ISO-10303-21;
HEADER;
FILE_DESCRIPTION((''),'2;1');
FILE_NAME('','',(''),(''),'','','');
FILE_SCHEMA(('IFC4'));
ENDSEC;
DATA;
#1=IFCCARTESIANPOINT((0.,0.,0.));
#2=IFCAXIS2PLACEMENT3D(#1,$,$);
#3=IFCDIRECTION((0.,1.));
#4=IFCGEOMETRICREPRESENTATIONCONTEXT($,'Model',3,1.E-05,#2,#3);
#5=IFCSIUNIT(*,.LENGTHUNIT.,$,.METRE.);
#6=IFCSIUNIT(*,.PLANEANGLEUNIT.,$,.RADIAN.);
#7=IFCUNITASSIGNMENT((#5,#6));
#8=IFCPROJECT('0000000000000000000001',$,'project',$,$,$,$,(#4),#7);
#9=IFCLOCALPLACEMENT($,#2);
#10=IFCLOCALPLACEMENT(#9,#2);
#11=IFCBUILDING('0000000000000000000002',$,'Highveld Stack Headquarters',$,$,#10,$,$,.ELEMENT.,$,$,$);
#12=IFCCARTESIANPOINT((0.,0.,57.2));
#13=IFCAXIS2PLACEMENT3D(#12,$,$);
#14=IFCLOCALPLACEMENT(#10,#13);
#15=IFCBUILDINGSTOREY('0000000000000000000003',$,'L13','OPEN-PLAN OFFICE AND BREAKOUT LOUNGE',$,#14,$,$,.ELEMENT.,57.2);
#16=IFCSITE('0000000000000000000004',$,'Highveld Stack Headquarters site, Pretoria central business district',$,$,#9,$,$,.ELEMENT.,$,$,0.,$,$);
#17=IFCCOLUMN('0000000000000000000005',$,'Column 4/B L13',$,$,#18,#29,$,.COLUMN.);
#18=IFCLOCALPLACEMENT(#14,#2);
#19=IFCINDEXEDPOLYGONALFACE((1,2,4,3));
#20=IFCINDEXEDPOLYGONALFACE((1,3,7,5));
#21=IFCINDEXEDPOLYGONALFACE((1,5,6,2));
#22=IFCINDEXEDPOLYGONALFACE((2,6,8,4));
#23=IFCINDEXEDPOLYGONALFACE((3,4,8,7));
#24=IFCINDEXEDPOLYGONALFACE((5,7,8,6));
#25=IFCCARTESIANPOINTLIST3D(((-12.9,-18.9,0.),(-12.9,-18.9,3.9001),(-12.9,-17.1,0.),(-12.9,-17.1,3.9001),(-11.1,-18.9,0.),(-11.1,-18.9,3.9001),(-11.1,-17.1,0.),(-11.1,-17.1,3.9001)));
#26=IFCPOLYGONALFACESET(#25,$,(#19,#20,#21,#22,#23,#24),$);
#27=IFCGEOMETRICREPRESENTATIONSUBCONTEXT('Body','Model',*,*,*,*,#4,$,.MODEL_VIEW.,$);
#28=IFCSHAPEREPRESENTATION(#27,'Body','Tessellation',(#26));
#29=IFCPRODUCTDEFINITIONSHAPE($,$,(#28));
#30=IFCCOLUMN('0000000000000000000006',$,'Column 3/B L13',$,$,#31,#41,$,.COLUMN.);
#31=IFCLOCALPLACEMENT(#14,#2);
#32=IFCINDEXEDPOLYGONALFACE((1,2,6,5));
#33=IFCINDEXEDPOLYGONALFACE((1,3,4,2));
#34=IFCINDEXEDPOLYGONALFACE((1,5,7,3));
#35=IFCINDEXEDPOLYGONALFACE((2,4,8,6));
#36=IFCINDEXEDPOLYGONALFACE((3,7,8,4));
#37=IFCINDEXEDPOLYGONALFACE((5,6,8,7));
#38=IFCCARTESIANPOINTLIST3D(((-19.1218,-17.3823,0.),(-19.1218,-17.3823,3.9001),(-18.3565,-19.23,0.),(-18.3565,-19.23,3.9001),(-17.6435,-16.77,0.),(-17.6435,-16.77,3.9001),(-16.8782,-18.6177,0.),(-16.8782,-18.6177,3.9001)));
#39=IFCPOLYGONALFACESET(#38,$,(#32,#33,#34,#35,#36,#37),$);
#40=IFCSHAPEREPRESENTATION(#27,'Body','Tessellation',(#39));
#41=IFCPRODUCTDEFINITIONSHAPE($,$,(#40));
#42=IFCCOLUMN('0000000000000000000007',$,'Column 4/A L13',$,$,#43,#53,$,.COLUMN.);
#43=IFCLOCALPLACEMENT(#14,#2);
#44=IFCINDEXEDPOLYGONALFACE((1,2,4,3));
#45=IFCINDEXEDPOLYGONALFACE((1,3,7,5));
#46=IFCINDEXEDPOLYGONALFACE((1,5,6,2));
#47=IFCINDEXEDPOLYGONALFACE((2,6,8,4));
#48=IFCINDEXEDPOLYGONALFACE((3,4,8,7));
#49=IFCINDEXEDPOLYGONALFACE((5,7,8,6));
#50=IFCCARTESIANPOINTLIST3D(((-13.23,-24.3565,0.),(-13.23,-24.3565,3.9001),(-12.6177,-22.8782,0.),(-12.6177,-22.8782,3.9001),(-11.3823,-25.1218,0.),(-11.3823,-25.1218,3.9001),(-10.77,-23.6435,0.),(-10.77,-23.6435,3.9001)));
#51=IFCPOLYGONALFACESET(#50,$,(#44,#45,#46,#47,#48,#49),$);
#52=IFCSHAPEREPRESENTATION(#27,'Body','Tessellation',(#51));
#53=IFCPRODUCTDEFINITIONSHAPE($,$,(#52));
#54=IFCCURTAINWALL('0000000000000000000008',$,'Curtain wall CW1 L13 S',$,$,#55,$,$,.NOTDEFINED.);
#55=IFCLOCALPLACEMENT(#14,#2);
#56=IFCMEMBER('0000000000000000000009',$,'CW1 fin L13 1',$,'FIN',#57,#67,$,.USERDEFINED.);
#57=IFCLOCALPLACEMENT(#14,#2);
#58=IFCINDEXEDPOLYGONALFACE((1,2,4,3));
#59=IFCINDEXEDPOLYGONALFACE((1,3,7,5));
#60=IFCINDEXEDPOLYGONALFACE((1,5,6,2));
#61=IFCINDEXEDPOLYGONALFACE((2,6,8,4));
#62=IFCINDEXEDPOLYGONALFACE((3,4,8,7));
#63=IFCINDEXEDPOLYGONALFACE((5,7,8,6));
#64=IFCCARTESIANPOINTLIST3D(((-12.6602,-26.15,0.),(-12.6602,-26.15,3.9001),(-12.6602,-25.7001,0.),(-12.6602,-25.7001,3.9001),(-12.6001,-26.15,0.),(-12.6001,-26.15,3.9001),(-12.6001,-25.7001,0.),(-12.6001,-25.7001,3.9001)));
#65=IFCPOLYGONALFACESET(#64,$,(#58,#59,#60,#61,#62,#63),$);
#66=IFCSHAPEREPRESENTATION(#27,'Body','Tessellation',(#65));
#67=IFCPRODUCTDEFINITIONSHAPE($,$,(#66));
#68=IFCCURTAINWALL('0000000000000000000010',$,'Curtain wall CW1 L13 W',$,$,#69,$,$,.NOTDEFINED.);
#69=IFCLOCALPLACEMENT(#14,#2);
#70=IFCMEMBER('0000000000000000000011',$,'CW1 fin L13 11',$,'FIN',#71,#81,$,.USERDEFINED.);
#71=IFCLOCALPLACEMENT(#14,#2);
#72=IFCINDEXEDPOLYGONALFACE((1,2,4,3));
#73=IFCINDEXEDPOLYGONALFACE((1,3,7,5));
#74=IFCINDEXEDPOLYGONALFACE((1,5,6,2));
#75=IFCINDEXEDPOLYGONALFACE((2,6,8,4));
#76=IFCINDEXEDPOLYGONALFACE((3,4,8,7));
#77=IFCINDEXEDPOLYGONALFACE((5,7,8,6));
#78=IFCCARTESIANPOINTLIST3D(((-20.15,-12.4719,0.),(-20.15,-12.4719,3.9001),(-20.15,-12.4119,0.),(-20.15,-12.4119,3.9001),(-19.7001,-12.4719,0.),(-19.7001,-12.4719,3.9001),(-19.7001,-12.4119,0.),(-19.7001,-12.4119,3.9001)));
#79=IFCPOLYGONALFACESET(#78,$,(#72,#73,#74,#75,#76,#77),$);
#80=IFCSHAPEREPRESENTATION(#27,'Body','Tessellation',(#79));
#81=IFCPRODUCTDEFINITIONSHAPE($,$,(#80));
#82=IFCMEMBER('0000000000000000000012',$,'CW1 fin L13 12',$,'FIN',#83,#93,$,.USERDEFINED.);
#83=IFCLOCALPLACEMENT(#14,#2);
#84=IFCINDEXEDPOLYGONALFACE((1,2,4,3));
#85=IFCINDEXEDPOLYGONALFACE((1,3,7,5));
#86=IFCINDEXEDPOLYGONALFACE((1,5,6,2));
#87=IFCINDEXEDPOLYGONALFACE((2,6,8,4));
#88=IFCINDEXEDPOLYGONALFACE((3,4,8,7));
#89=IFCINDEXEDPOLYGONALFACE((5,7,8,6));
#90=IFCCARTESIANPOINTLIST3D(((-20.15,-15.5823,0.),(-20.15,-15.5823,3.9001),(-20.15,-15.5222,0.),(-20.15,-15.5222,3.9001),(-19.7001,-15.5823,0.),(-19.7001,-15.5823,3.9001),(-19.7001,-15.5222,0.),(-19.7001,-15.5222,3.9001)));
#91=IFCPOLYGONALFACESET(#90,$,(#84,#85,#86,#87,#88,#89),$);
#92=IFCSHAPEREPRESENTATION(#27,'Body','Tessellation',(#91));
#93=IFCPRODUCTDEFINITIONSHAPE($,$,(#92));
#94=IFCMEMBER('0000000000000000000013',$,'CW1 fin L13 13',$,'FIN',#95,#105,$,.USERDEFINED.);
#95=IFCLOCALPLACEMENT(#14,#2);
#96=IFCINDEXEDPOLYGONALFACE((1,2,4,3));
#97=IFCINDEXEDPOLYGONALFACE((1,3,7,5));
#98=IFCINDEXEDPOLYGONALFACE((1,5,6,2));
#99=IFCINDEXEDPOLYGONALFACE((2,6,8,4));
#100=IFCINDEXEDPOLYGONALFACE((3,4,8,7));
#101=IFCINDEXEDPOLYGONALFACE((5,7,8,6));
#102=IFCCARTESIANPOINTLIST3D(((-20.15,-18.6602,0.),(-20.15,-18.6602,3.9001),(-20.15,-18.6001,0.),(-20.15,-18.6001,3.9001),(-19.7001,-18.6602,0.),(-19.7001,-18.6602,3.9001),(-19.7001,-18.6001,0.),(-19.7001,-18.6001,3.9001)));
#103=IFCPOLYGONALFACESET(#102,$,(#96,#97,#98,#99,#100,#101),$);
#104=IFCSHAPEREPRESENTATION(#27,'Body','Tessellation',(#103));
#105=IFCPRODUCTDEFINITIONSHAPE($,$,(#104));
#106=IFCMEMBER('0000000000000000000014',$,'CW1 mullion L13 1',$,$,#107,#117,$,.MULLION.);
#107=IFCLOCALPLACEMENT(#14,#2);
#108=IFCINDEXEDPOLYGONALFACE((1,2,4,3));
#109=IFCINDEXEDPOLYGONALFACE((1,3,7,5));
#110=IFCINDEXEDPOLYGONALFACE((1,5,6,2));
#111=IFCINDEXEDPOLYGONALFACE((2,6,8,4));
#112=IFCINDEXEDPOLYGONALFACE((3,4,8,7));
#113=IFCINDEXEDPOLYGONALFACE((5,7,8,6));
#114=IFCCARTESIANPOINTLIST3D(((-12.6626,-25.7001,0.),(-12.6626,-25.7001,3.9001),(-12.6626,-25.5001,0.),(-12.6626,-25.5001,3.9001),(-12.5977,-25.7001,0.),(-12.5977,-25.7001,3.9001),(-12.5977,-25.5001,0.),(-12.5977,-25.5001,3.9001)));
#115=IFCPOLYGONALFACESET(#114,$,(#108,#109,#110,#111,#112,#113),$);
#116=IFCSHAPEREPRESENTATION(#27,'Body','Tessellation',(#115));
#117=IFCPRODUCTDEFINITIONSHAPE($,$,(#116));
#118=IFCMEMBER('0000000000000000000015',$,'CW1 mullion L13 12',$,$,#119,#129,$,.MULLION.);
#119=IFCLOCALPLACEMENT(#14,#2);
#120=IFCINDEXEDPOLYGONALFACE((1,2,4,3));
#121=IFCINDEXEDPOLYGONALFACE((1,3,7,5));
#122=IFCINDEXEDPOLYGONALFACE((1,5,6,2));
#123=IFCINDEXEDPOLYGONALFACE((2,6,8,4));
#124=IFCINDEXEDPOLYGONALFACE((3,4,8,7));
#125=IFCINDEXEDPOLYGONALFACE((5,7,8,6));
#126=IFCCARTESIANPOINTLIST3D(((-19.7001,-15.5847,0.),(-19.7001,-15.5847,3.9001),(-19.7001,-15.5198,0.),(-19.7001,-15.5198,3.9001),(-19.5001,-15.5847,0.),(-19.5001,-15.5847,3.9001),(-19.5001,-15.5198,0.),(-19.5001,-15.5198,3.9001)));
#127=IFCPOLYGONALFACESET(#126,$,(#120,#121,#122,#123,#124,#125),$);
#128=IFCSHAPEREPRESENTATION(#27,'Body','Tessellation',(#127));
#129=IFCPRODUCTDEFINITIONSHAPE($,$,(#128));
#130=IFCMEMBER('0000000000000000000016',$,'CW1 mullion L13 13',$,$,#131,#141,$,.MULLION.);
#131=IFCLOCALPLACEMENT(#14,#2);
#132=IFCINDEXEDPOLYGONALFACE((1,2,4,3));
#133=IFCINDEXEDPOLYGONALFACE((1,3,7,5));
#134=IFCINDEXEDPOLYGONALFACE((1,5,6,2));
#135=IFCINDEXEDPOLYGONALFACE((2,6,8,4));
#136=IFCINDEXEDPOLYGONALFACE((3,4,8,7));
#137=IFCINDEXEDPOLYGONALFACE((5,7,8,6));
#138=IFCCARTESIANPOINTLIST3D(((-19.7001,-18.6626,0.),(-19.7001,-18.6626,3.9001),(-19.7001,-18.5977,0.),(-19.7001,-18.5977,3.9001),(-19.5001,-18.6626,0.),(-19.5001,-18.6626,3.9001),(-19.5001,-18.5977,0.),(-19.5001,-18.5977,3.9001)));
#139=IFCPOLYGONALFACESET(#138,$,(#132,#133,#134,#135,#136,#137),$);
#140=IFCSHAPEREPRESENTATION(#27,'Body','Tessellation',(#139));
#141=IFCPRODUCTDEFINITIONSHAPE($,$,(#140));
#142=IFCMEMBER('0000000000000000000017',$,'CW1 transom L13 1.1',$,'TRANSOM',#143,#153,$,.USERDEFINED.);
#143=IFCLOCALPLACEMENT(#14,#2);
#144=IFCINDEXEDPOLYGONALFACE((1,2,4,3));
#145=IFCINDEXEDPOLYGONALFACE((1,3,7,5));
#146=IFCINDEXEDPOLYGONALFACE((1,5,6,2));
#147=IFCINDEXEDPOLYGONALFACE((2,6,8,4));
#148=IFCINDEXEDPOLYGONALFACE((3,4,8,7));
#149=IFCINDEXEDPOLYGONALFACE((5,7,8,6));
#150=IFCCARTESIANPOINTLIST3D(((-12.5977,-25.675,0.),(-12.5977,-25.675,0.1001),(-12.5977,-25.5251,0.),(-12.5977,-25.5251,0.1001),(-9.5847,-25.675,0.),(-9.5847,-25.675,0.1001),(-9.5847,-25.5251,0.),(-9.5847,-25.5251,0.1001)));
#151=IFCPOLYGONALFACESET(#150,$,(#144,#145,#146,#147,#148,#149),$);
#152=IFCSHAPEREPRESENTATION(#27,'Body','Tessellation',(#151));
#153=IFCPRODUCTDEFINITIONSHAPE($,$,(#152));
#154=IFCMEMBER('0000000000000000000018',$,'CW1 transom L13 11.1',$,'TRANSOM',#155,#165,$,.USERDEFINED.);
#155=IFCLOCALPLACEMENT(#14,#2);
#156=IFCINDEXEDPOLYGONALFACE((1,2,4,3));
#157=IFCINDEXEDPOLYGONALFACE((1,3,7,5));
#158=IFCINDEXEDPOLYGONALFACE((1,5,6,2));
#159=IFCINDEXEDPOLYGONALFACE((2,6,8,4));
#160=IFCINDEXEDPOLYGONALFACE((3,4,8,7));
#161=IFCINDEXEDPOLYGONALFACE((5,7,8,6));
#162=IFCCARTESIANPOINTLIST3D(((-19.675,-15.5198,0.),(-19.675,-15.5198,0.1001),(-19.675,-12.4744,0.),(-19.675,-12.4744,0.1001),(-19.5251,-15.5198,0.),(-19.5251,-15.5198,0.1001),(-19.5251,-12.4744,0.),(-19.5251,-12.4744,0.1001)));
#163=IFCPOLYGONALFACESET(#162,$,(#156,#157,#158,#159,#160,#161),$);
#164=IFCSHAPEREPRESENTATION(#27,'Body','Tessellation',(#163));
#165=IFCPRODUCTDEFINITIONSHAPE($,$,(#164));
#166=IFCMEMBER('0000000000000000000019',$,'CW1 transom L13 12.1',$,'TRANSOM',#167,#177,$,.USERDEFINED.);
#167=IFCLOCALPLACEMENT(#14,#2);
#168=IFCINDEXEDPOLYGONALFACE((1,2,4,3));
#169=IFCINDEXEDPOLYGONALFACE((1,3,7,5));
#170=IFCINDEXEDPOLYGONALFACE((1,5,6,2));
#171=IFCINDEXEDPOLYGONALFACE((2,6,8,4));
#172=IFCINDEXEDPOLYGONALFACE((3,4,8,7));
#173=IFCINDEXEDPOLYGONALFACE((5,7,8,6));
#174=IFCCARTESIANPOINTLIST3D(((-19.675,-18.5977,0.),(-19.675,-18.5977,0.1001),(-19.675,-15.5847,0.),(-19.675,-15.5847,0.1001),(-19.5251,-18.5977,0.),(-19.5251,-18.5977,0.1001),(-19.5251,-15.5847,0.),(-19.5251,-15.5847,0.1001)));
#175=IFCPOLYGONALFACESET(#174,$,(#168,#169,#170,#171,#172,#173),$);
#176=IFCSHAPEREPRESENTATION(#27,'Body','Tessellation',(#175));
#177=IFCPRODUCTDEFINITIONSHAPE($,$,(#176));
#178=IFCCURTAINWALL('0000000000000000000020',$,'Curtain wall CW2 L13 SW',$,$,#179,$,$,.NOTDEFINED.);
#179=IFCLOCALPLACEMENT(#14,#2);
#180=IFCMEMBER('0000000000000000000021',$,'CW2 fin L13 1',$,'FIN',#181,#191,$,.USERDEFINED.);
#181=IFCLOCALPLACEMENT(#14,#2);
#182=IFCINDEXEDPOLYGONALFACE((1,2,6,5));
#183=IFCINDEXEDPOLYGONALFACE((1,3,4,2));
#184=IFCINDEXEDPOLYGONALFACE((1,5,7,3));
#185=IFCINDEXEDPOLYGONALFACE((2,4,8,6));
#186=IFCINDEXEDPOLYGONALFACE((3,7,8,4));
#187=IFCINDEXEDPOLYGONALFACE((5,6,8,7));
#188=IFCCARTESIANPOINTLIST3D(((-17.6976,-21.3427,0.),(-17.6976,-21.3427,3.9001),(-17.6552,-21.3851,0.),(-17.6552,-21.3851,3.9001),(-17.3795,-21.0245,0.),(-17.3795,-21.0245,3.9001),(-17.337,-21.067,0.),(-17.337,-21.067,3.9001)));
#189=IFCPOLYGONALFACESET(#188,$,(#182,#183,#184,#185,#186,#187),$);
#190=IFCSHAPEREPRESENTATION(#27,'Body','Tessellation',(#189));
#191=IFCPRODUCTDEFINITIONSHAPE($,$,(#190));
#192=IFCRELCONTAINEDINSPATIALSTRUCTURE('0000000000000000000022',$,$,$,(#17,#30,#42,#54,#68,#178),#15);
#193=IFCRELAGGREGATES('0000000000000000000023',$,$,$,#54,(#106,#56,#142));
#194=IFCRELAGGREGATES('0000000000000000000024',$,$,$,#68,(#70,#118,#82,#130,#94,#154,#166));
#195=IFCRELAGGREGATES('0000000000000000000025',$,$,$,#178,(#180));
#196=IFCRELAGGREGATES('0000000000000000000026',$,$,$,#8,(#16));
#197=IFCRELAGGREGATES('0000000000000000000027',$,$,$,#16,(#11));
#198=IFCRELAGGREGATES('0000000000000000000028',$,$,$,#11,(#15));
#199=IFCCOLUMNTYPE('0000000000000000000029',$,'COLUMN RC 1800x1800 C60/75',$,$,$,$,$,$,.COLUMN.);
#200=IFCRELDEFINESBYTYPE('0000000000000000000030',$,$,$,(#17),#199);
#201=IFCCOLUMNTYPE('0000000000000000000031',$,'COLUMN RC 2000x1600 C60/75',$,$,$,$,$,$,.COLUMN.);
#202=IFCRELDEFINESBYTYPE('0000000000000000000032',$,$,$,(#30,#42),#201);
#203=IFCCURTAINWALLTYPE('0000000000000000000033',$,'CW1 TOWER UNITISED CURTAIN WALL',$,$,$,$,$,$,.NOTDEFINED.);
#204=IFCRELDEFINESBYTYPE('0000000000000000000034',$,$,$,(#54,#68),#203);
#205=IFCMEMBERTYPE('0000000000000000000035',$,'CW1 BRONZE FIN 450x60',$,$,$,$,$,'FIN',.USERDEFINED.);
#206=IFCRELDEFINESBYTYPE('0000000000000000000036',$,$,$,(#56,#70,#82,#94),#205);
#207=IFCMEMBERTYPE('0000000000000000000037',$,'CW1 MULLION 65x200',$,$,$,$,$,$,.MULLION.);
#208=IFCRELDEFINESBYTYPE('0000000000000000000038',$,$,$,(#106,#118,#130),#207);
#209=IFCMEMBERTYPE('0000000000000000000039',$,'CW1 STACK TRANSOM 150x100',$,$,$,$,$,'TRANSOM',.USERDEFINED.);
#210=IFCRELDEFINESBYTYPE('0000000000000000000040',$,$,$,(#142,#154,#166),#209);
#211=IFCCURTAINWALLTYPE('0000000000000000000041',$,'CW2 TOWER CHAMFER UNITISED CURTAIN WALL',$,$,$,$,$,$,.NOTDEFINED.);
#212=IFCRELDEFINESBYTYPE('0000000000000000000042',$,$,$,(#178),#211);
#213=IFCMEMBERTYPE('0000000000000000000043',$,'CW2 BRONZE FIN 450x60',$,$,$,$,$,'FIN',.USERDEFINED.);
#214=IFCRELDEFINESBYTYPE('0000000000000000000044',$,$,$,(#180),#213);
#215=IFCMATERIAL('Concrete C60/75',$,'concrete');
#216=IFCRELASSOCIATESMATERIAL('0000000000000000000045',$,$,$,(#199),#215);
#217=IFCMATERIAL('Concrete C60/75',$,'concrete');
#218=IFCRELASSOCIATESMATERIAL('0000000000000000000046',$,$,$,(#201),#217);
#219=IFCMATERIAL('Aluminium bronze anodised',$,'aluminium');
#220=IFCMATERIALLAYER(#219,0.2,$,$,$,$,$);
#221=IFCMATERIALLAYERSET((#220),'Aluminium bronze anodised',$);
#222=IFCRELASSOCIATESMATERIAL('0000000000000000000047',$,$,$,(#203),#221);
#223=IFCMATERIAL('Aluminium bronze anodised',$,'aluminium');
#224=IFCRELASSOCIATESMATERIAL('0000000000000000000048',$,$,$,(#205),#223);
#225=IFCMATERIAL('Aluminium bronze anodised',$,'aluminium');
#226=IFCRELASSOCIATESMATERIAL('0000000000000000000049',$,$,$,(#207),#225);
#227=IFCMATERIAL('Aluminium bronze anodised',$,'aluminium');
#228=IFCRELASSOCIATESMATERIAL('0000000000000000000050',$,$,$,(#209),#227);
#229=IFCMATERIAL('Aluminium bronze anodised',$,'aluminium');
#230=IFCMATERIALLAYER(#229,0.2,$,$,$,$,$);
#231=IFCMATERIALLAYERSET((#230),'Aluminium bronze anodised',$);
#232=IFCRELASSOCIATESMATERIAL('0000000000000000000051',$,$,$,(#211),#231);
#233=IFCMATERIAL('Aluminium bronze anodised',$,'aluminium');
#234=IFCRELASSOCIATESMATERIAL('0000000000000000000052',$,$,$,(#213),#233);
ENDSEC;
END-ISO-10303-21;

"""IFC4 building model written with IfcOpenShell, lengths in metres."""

from ifc_helpers import new_model, si_unit, direction, frame, origin, origin_2d, place, context, subcontext, project, spatial, rectangle, extrude, material, layer, layer_set, material_profile, profile_set, type_object, element, aggregate, save


model = new_model("IFC4")

# Units and contexts
model_context = context("Model", 3, precision=1e-05, world=origin(), true_north=direction((0.0, 1.0)))
body_context = subcontext(model_context, "Body", "Model", "MODEL_VIEW")
ifc_project = project(units=[si_unit("LENGTHUNIT", "METRE"), si_unit("PLANEANGLEUNIT", "RADIAN")], contexts=[model_context])

# Site, building, storey
site_placement = place(None, origin())
site = spatial("IfcSite", under=ifc_project, at=site_placement, Name="Highveld Stack Headquarters site, Pretoria central business district", CompositionType="ELEMENT", RefElevation=0.0)
building_placement = place(site_placement, origin())
building = spatial("IfcBuilding", under=site, at=building_placement, Name="Highveld Stack Headquarters", CompositionType="ELEMENT")
storey_placement = place(building_placement, frame((0.0, 0.0, 57.2)))
storey = spatial("IfcBuildingStorey", under=building, at=storey_placement, Name="L13", Description="OPEN-PLAN OFFICE AND BREAKOUT LOUNGE", CompositionType="ELEMENT", Elevation=57.2)

# Columns
ifc_material_1 = material(Name="Concrete C60/75", Category="concrete")
ifc_material_profile_1 = material_profile(ifc_material_1, rectangle(XDim=1.8, YDim=1.8, at=origin_2d()), Name="RC 1800x1800")
ifc_profile_set_1 = profile_set([ifc_material_profile_1], Name="Concrete C60/75")
column_type_1 = type_object("IfcColumnType", Name="COLUMN RC 1800x1800 C60/75", PredefinedType="COLUMN", material=ifc_profile_set_1)
column_placement = place(storey_placement, frame((-12.0, -18.0, 0.0), z_axis=(0.0, 0.0, 1.0), x_axis=(1.0, 0.0, 0.0)))
element("IfcColumn", 1, at=column_placement, inside=storey, type_object=column_type_1, Name="Column 4/B L13", PredefinedType="COLUMN", context=body_context, shape_type="SweptSolid", body=[
    extrude(rectangle(XDim=1.8, YDim=1.8, at=origin_2d()), origin(), (0.0, 0.0, 1.0), 3.9001),
])
ifc_material_2 = material(Name="Concrete C60/75", Category="concrete")
ifc_material_profile_2 = material_profile(ifc_material_2, rectangle(XDim=2.0, YDim=1.6001, at=origin_2d()), Name="RC 2000x1600")
ifc_profile_set_2 = profile_set([ifc_material_profile_2], Name="Concrete C60/75")
column_type_2 = type_object("IfcColumnType", Name="COLUMN RC 2000x1600 C60/75", PredefinedType="COLUMN", material=ifc_profile_set_2)
for number, where, z_axis, x_axis, name in (
    (2, (-18.0, -18.0, 0.0), (0.0, 0.0, 1.0), (-0.382683, 0.92388, 0.0), "Column 3/B L13"),
    (3, (-12.0, -24.0, 0.0), (0.0, 0.0, 1.0), (-0.92388, 0.382683, 0.0), "Column 4/A L13"),
):
    element("IfcColumn", number, at=place(storey_placement, frame(where, z_axis=z_axis, x_axis=x_axis)), inside=storey, type_object=column_type_2, Name=name, PredefinedType="COLUMN", context=body_context, shape_type="SweptSolid", body=[
        extrude(rectangle(XDim=2.0, YDim=1.6001, at=origin_2d()), origin(), (0.0, 0.0, 1.0), 3.9001),
    ])

# Curtain wall, member
ifc_material_3 = material(Name="Aluminium bronze anodised", Category="aluminium")
ifc_layer_1 = layer(ifc_material_3, 0.2)
ifc_layer_set_1 = layer_set([ifc_layer_1], Name="Aluminium bronze anodised")
curtain_wall_type_1 = type_object("IfcCurtainWallType", Name="CW1 TOWER UNITISED CURTAIN WALL", PredefinedType="NOTDEFINED", material=ifc_layer_set_1)
curtain_wall_1_placement = place(storey_placement, origin())
curtain_wall_1 = element("IfcCurtainWall", 4, at=curtain_wall_1_placement, inside=storey, type_object=curtain_wall_type_1, Name="Curtain wall CW1 L13 S", PredefinedType="NOTDEFINED")
ifc_material_4 = material(Name="Aluminium bronze anodised", Category="aluminium")
ifc_material_profile_3 = material_profile(ifc_material_4, rectangle(XDim=0.45, YDim=0.0601, at=origin_2d()), Name="FIN 450x60")
ifc_profile_set_3 = profile_set([ifc_material_profile_3], Name="Aluminium bronze anodised")
member_type_1 = type_object("IfcMemberType", Name="CW1 BRONZE FIN 450x60", ElementType="FIN", PredefinedType="USERDEFINED", material=ifc_profile_set_3)
member_1_placement = place(storey_placement, frame((-12.6301, -25.925, 0.0), z_axis=(0.0, 0.0, 1.0), x_axis=(0.0, 1.0, 0.0)))
member_1 = element("IfcMember", 5, at=member_1_placement, type_object=member_type_1, Name="CW1 fin L13 1", ObjectType="FIN", PredefinedType="USERDEFINED", context=body_context, shape_type="SweptSolid", body=[
    extrude(rectangle(XDim=0.45, YDim=0.0601, at=origin_2d()), origin(), (0.0, 0.0, 1.0), 3.9001),
])

# Curtain wall, members
curtain_wall_2_placement = place(storey_placement, origin())
curtain_wall_2 = element("IfcCurtainWall", 6, at=curtain_wall_2_placement, inside=storey, type_object=curtain_wall_type_1, Name="Curtain wall CW1 L13 W", PredefinedType="NOTDEFINED")
member_2_placement = place(storey_placement, frame((-19.925, -12.4419, 0.0), z_axis=(0.0, 0.0, 1.0), x_axis=(1.0, 0.0, 0.0)))
member_2 = element("IfcMember", 7, at=member_2_placement, type_object=member_type_1, Name="CW1 fin L13 11", ObjectType="FIN", PredefinedType="USERDEFINED", context=body_context, shape_type="SweptSolid", body=[
    extrude(rectangle(XDim=0.45, YDim=0.0601, at=origin_2d()), origin(), (0.0, 0.0, 1.0), 3.9001),
])
member_3_placement = place(storey_placement, frame((-19.925, -15.5522, 0.0), z_axis=(0.0, 0.0, 1.0), x_axis=(1.0, 0.0, 0.0)))
member_3 = element("IfcMember", 8, at=member_3_placement, type_object=member_type_1, Name="CW1 fin L13 12", ObjectType="FIN", PredefinedType="USERDEFINED", context=body_context, shape_type="SweptSolid", body=[
    extrude(rectangle(XDim=0.45, YDim=0.0601, at=origin_2d()), origin(), (0.0, 0.0, 1.0), 3.9001),
])
member_4_placement = place(storey_placement, frame((-19.925, -18.6301, 0.0), z_axis=(0.0, 0.0, 1.0), x_axis=(1.0, 0.0, 0.0)))
member_4 = element("IfcMember", 9, at=member_4_placement, type_object=member_type_1, Name="CW1 fin L13 13", ObjectType="FIN", PredefinedType="USERDEFINED", context=body_context, shape_type="SweptSolid", body=[
    extrude(rectangle(XDim=0.45, YDim=0.0601, at=origin_2d()), origin(), (0.0, 0.0, 1.0), 3.9001),
])

# Members
ifc_material_5 = material(Name="Aluminium bronze anodised", Category="aluminium")
ifc_material_profile_4 = material_profile(ifc_material_5, rectangle(XDim=0.2, YDim=0.0649, at=origin_2d()), Name="CW1 MULLION 65x200")
ifc_profile_set_4 = profile_set([ifc_material_profile_4], Name="Aluminium bronze anodised")
member_type_2 = type_object("IfcMemberType", Name="CW1 MULLION 65x200", PredefinedType="MULLION", material=ifc_profile_set_4)
member_5_placement = place(storey_placement, frame((-12.6301, -25.6001, 0.0), z_axis=(0.0, 0.0, 1.0), x_axis=(0.0, 1.0, 0.0)))
member_5 = element("IfcMember", 10, at=member_5_placement, type_object=member_type_2, Name="CW1 mullion L13 1", PredefinedType="MULLION", context=body_context, shape_type="SweptSolid", body=[
    extrude(rectangle(XDim=0.2, YDim=0.0649, at=origin_2d()), origin(), (0.0, 0.0, 1.0), 3.9001),
])
member_6_placement = place(storey_placement, frame((-19.6001, -15.5522, 0.0), z_axis=(0.0, 0.0, 1.0), x_axis=(1.0, 0.0, 0.0)))
member_6 = element("IfcMember", 11, at=member_6_placement, type_object=member_type_2, Name="CW1 mullion L13 12", PredefinedType="MULLION", context=body_context, shape_type="SweptSolid", body=[
    extrude(rectangle(XDim=0.2, YDim=0.0649, at=origin_2d()), origin(), (0.0, 0.0, 1.0), 3.9001),
])
member_7_placement = place(storey_placement, frame((-19.6001, -18.6301, 0.0), z_axis=(0.0, 0.0, 1.0), x_axis=(1.0, 0.0, 0.0)))
member_7 = element("IfcMember", 12, at=member_7_placement, type_object=member_type_2, Name="CW1 mullion L13 13", PredefinedType="MULLION", context=body_context, shape_type="SweptSolid", body=[
    extrude(rectangle(XDim=0.2, YDim=0.0649, at=origin_2d()), origin(), (0.0, 0.0, 1.0), 3.9001),
])
ifc_material_6 = material(Name="Aluminium bronze anodised", Category="aluminium")
ifc_material_profile_5 = material_profile(ifc_material_6, rectangle(XDim=0.1499, YDim=0.1001, at=origin_2d()), Name="CW1 TRANSOM 150x100")
ifc_profile_set_5 = profile_set([ifc_material_profile_5], Name="Aluminium bronze anodised")
member_type_3 = type_object("IfcMemberType", Name="CW1 STACK TRANSOM 150x100", ElementType="TRANSOM", PredefinedType="USERDEFINED", material=ifc_profile_set_5)
member_8_placement = place(storey_placement, frame((-12.5977, -25.6001, 0.05), z_axis=(1.0, 0.0, 0.0), x_axis=(0.0, 1.0, 0.0)))
member_8 = element("IfcMember", 13, at=member_8_placement, type_object=member_type_3, Name="CW1 transom L13 1.1", ObjectType="TRANSOM", PredefinedType="USERDEFINED", context=body_context, shape_type="SweptSolid", body=[
    extrude(rectangle(XDim=0.1499, YDim=0.1001, at=origin_2d()), origin(), (0.0, 0.0, 1.0), 3.0129),
])
aggregate(curtain_wall_1, [member_5, member_1, member_8])
member_9_placement = place(storey_placement, frame((-19.6001, -12.4744, 0.05), z_axis=(0.0, -1.0, 0.0), x_axis=(1.0, 0.0, 0.0)))
member_9 = element("IfcMember", 14, at=member_9_placement, type_object=member_type_3, Name="CW1 transom L13 11.1", ObjectType="TRANSOM", PredefinedType="USERDEFINED", context=body_context, shape_type="SweptSolid", body=[
    extrude(rectangle(XDim=0.1499, YDim=0.1001, at=origin_2d()), origin(), (0.0, 0.0, 1.0), 3.0454),
])
member_10_placement = place(storey_placement, frame((-19.6001, -15.5847, 0.05), z_axis=(0.0, -1.0, 0.0), x_axis=(1.0, 0.0, 0.0)))
member_10 = element("IfcMember", 15, at=member_10_placement, type_object=member_type_3, Name="CW1 transom L13 12.1", ObjectType="TRANSOM", PredefinedType="USERDEFINED", context=body_context, shape_type="SweptSolid", body=[
    extrude(rectangle(XDim=0.1499, YDim=0.1001, at=origin_2d()), origin(), (0.0, 0.0, 1.0), 3.0129),
])

# Curtain wall, member
ifc_material_7 = material(Name="Aluminium bronze anodised", Category="aluminium")
ifc_layer_2 = layer(ifc_material_7, 0.2)
ifc_layer_set_2 = layer_set([ifc_layer_2], Name="Aluminium bronze anodised")
curtain_wall_type_2 = type_object("IfcCurtainWallType", Name="CW2 TOWER CHAMFER UNITISED CURTAIN WALL", PredefinedType="NOTDEFINED", material=ifc_layer_set_2)
curtain_wall_3_placement = place(storey_placement, origin())
curtain_wall_3 = element("IfcCurtainWall", 16, at=curtain_wall_3_placement, inside=storey, type_object=curtain_wall_type_2, Name="Curtain wall CW2 L13 SW", PredefinedType="NOTDEFINED")
ifc_material_8 = material(Name="Aluminium bronze anodised", Category="aluminium")
ifc_material_profile_6 = material_profile(ifc_material_8, rectangle(XDim=0.45, YDim=0.0601, at=origin_2d()), Name="FIN 450x60")
ifc_profile_set_6 = profile_set([ifc_material_profile_6], Name="Aluminium bronze anodised")
member_type_4 = type_object("IfcMemberType", Name="CW2 BRONZE FIN 450x60", ElementType="FIN", PredefinedType="USERDEFINED", material=ifc_profile_set_6)
member_11_placement = place(storey_placement, frame((-17.5173, -21.2048, 0.0), z_axis=(0.0, 0.0, 1.0), x_axis=(0.707107, 0.707107, 0.0)))
member_11 = element("IfcMember", 17, at=member_11_placement, type_object=member_type_4, Name="CW2 fin L13 1", ObjectType="FIN", PredefinedType="USERDEFINED", context=body_context, shape_type="SweptSolid", body=[
    extrude(rectangle(XDim=0.45, YDim=0.0601, at=origin_2d()), origin(), (0.0, 0.0, 1.0), 3.9001),
])

aggregate(curtain_wall_2, [member_2, member_6, member_3, member_7, member_4, member_9, member_10])
aggregate(curtain_wall_3, [member_11])

save(model, "model.ifc")
